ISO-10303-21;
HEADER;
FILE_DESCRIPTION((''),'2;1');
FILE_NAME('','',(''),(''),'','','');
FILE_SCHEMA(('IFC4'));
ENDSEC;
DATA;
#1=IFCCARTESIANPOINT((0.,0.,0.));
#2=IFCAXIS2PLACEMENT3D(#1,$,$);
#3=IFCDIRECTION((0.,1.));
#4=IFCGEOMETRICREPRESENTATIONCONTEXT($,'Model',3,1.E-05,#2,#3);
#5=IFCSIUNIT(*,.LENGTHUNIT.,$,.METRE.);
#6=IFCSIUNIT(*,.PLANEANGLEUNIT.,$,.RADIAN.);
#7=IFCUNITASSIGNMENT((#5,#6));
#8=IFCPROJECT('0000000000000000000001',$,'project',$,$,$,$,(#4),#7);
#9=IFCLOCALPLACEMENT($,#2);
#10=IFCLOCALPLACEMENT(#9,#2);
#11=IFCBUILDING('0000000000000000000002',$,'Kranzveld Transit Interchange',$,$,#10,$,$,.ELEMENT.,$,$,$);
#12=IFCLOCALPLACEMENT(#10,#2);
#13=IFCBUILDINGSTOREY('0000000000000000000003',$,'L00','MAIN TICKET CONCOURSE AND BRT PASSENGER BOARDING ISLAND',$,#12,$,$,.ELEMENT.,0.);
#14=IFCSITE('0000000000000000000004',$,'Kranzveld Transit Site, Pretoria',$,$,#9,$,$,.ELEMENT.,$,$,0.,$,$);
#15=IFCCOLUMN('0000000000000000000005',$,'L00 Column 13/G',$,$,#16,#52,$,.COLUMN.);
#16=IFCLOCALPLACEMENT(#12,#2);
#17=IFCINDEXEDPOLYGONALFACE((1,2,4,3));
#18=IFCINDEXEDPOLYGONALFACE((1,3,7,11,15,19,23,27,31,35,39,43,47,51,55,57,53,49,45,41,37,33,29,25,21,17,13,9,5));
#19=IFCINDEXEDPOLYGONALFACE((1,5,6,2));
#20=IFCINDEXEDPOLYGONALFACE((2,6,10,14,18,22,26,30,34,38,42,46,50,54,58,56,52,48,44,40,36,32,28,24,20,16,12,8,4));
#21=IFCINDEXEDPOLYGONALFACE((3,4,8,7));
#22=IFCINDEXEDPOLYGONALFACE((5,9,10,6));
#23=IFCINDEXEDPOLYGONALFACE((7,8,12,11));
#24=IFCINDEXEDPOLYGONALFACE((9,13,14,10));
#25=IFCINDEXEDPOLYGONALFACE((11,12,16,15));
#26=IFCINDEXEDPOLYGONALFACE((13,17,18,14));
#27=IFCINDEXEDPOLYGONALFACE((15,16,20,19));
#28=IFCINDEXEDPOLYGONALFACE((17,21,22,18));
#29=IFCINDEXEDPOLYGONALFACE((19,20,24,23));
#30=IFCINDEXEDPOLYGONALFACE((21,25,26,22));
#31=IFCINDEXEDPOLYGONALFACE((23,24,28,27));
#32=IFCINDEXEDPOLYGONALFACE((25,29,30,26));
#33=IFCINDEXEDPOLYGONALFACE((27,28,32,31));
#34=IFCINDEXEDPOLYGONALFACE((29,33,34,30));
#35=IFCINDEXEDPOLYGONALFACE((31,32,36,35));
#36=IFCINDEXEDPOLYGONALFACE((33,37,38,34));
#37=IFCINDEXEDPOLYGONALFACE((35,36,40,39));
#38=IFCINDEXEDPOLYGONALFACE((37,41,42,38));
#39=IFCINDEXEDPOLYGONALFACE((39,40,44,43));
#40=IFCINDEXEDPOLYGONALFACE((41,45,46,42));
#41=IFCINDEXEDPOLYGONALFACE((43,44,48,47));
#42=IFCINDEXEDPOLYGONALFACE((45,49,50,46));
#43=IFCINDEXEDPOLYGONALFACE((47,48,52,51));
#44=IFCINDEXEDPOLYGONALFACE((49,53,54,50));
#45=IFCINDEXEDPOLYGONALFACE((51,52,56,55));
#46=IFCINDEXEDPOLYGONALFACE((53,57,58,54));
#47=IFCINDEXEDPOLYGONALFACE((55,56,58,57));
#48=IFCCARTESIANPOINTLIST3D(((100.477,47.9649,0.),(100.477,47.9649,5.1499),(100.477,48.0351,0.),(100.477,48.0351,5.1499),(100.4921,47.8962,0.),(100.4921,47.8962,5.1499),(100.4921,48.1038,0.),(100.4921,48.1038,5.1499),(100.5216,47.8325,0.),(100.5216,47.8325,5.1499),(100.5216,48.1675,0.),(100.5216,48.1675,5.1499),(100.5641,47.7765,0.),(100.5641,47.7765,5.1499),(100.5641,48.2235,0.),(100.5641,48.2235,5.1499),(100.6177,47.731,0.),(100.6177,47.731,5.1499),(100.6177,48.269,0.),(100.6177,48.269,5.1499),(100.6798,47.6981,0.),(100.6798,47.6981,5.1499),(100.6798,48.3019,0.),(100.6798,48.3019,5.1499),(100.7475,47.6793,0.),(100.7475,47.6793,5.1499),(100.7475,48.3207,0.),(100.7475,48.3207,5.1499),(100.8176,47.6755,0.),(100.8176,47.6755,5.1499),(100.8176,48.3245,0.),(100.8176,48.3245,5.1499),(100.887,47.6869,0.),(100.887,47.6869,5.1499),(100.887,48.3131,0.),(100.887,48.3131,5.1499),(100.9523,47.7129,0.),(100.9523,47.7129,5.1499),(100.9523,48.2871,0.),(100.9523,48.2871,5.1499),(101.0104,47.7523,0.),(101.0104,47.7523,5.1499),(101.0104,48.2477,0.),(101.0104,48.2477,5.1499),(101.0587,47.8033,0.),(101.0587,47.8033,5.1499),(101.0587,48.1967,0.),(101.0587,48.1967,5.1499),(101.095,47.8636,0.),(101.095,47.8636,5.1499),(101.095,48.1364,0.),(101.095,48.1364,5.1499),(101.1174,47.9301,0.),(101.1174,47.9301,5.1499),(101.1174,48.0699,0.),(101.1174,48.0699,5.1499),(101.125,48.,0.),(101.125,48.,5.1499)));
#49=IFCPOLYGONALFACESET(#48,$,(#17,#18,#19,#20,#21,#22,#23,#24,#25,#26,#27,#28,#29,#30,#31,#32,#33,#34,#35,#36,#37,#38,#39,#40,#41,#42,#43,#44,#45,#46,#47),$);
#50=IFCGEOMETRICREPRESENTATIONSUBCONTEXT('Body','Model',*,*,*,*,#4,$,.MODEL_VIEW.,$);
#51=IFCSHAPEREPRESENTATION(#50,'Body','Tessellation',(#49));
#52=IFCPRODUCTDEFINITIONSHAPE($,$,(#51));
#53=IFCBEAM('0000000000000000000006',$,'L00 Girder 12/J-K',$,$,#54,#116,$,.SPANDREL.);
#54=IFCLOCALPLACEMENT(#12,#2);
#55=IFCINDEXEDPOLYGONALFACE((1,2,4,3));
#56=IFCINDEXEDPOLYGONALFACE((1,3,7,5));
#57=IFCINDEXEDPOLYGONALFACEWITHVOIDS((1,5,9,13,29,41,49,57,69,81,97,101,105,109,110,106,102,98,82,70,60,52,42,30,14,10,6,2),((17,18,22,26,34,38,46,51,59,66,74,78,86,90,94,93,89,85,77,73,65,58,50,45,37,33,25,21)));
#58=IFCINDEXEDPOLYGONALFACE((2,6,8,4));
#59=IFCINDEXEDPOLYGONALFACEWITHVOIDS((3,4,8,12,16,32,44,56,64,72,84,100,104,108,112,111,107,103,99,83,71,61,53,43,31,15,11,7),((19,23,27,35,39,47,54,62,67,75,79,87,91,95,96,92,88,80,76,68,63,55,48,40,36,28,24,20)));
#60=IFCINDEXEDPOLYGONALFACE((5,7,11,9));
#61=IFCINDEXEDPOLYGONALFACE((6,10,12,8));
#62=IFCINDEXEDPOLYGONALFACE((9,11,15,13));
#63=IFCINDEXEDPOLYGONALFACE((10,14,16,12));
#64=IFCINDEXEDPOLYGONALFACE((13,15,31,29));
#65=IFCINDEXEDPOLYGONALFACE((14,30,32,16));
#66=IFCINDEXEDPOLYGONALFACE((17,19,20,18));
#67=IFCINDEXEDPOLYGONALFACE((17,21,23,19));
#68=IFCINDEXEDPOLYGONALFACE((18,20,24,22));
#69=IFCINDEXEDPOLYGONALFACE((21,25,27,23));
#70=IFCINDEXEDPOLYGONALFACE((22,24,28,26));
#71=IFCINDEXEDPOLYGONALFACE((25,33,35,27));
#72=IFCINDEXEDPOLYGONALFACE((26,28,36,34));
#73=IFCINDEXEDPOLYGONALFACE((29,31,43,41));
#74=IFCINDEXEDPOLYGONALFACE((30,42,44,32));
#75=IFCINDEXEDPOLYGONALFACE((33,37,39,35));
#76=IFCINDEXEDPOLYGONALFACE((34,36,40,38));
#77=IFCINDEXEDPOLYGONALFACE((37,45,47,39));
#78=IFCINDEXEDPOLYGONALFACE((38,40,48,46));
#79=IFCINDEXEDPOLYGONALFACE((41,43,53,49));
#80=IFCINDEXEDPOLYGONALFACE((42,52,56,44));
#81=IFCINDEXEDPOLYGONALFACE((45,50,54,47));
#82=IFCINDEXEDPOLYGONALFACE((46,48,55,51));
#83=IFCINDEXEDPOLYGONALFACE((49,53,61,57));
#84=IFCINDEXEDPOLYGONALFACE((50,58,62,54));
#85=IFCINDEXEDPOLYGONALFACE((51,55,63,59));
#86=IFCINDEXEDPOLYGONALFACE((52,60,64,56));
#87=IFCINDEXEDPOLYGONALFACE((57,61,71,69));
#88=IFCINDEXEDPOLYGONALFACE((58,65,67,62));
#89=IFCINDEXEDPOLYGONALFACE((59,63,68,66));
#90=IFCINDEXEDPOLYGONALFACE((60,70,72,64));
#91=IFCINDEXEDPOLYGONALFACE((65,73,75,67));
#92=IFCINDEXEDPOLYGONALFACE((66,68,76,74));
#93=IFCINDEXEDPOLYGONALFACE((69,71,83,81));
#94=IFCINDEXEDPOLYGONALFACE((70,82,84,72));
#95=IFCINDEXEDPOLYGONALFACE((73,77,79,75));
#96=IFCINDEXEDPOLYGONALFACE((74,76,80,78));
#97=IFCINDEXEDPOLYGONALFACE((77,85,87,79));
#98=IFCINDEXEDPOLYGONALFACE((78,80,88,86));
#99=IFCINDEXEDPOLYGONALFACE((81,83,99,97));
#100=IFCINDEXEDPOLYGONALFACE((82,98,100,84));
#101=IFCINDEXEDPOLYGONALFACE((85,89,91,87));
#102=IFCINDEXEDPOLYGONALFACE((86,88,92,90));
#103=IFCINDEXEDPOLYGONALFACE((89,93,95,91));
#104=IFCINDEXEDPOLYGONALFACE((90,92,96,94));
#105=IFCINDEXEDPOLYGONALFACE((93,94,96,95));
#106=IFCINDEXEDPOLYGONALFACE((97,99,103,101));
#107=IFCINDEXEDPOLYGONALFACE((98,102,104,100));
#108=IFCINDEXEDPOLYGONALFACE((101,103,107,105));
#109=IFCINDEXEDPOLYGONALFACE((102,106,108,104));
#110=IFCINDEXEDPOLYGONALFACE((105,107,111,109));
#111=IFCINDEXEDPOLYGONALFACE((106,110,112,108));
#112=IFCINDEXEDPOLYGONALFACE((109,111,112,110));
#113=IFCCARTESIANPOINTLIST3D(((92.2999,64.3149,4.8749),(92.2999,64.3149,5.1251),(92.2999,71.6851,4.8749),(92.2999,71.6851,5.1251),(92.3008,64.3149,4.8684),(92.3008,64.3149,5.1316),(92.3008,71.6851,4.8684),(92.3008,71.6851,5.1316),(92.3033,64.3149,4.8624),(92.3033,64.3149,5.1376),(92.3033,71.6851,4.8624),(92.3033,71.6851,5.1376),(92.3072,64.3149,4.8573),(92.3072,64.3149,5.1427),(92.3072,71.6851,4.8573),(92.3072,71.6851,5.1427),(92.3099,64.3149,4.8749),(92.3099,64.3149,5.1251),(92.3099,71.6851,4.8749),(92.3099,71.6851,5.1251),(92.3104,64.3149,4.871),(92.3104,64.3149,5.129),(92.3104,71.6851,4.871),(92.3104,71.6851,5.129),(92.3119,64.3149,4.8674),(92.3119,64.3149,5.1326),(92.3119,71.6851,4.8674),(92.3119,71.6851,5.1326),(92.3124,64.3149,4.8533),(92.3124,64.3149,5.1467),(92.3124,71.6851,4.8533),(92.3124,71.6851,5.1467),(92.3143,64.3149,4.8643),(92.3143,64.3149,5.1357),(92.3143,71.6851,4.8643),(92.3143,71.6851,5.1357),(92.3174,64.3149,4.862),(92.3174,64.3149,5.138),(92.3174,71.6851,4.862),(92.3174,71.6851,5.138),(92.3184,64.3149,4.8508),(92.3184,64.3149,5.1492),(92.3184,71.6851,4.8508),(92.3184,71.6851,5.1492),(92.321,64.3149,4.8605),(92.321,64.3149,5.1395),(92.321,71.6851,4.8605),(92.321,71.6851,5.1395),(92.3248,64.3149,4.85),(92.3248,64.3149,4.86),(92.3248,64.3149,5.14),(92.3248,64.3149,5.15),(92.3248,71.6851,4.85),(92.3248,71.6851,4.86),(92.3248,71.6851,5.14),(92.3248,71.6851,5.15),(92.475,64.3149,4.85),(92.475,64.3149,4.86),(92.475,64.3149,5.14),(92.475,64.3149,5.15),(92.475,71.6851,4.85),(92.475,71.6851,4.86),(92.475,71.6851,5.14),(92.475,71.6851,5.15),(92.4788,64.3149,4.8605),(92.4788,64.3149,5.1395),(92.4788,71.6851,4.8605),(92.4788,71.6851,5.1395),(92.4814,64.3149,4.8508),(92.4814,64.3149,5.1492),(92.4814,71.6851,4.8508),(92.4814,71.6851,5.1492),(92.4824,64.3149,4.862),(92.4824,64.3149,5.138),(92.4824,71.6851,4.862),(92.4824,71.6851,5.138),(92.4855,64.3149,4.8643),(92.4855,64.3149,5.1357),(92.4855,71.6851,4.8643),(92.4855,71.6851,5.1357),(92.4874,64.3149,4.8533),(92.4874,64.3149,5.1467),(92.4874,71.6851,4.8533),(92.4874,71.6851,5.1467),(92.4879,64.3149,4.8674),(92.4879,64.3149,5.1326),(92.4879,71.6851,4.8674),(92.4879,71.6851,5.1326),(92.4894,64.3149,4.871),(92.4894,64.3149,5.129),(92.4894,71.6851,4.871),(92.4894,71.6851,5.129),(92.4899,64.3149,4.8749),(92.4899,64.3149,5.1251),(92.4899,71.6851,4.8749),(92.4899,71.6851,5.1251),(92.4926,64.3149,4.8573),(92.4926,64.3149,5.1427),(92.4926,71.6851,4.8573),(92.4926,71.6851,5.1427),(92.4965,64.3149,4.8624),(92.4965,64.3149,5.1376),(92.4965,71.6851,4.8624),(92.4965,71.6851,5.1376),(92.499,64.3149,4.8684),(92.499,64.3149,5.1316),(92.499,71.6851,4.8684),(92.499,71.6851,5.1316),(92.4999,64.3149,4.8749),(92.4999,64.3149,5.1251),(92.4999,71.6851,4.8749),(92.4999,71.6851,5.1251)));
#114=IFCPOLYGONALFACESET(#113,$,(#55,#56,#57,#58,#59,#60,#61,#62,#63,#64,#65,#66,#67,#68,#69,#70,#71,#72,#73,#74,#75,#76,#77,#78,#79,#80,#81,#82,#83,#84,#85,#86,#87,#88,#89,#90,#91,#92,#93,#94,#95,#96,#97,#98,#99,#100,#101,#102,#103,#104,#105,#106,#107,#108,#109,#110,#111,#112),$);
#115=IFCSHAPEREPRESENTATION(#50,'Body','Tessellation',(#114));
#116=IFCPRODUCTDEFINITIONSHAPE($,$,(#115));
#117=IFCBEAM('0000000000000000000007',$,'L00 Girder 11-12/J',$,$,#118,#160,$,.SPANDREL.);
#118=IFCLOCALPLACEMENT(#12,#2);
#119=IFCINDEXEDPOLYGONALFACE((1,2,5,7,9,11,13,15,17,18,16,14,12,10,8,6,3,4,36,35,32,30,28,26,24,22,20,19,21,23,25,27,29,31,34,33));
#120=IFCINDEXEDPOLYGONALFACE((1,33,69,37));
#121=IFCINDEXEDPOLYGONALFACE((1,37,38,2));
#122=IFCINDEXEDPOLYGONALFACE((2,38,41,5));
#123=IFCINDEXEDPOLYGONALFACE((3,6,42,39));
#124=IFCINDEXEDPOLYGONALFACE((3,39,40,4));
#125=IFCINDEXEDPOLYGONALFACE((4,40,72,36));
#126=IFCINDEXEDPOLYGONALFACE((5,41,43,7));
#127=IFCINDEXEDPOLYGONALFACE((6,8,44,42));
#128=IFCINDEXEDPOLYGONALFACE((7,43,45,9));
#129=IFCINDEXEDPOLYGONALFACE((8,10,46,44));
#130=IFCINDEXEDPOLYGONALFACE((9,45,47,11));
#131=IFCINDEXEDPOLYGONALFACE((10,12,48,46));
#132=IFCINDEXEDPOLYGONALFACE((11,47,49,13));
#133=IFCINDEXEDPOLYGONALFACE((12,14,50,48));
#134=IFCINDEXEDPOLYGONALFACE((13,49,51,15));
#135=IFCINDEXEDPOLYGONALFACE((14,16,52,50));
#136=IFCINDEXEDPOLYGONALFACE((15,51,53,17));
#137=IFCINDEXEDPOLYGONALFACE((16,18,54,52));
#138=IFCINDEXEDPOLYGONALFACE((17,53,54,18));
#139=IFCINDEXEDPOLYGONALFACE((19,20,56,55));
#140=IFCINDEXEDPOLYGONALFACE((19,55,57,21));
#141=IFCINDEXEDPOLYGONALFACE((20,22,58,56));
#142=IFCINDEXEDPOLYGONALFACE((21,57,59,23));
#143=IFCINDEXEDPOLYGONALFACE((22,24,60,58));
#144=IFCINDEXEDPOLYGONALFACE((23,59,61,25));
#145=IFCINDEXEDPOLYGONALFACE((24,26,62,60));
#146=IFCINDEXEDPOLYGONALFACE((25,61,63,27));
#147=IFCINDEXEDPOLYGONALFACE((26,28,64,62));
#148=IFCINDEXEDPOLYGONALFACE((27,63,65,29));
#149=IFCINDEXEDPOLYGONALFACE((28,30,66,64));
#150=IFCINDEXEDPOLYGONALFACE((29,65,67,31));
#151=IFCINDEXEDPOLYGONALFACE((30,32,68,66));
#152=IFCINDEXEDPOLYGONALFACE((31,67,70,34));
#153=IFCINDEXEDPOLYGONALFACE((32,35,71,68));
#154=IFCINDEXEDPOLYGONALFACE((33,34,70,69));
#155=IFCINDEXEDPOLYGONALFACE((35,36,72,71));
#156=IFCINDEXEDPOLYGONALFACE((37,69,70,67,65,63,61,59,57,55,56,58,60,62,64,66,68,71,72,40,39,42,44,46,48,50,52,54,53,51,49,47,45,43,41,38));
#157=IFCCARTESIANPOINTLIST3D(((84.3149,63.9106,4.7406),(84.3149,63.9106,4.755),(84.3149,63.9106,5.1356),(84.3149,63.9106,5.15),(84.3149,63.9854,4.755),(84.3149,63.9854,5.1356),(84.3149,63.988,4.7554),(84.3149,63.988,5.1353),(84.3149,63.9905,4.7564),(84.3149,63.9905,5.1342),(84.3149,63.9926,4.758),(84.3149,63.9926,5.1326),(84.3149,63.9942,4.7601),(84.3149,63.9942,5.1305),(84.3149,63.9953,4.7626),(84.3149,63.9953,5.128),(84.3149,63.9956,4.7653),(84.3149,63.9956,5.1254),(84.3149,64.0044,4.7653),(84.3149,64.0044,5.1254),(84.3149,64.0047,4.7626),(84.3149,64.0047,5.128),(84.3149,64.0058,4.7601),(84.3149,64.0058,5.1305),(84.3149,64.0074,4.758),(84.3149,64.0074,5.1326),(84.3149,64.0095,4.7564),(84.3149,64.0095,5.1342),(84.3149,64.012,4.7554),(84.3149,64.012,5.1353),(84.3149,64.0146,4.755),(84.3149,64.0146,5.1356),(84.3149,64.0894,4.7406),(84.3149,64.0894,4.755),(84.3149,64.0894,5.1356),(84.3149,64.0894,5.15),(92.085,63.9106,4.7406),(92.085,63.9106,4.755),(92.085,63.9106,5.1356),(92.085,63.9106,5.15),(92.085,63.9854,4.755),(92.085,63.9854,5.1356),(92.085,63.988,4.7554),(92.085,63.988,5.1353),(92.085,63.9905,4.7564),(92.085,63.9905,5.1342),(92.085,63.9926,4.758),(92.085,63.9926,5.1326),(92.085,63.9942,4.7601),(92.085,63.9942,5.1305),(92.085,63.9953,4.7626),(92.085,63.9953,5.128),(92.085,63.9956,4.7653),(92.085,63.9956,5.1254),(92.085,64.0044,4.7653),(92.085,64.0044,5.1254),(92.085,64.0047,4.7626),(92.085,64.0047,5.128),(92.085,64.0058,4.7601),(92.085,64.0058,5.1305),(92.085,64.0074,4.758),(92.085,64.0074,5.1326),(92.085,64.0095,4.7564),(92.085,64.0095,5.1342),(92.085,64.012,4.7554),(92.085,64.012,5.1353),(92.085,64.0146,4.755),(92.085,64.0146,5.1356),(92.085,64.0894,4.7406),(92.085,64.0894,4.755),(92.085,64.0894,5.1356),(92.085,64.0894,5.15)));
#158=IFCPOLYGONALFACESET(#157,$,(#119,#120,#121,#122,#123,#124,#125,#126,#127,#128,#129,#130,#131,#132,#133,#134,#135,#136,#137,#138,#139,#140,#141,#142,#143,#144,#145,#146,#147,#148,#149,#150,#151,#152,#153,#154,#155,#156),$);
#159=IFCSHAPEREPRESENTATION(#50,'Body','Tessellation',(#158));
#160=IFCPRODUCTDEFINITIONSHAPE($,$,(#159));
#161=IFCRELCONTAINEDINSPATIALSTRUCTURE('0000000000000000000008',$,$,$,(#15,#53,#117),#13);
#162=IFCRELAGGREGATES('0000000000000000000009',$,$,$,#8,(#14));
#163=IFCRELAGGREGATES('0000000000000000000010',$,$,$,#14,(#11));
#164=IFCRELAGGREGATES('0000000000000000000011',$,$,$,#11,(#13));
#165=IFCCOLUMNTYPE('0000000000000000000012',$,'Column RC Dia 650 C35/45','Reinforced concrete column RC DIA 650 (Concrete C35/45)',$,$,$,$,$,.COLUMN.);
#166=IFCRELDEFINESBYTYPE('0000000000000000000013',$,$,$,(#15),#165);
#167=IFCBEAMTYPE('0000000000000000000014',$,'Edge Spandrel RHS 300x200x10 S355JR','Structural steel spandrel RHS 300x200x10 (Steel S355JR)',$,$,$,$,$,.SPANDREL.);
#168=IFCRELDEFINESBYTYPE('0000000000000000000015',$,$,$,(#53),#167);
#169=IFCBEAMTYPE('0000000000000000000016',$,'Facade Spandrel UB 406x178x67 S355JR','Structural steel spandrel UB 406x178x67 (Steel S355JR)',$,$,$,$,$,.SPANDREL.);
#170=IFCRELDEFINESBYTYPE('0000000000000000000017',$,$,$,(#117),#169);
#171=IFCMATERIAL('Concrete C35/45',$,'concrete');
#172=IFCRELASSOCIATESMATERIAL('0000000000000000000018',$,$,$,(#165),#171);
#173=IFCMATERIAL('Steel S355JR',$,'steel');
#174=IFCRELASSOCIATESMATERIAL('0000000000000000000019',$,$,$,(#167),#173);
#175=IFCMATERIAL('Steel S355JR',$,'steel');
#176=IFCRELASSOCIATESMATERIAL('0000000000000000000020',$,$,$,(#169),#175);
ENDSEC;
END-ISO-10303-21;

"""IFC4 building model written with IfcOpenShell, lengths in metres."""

from ifc_helpers import new_model, si_unit, direction, frame, origin, origin_2d, place, context, subcontext, project, spatial, hollow_rectangle, circle, i_section, extrude, material, material_profile, profile_set, type_object, element, save


model = new_model("IFC4")

# Units and contexts
model_context = context("Model", 3, precision=1e-05, world=origin(), true_north=direction((0.0, 1.0)))
body_context = subcontext(model_context, "Body", "Model", "MODEL_VIEW")
ifc_project = project(units=[si_unit("LENGTHUNIT", "METRE"), si_unit("PLANEANGLEUNIT", "RADIAN")], contexts=[model_context])

# Site, building, storey
site_placement = place(None, origin())
site = spatial("IfcSite", under=ifc_project, at=site_placement, Name="Kranzveld Transit Site, Pretoria", CompositionType="ELEMENT", RefElevation=0.0)
building_placement = place(site_placement, origin())
building = spatial("IfcBuilding", under=site, at=building_placement, Name="Kranzveld Transit Interchange", CompositionType="ELEMENT")
storey_placement = place(building_placement, origin())
storey = spatial("IfcBuildingStorey", under=building, at=storey_placement, Name="L00", Description="MAIN TICKET CONCOURSE AND BRT PASSENGER BOARDING ISLAND", CompositionType="ELEMENT", Elevation=0.0)

# Column
ifc_material_1 = material(Name="Concrete C35/45", Category="concrete")
ifc_material_profile_1 = material_profile(ifc_material_1, circle(Radius=0.325, at=origin_2d()), Name="RC DIA 650")
ifc_profile_set_1 = profile_set([ifc_material_profile_1], Name="Concrete C35/45")
column_type = type_object("IfcColumnType", Name="Column RC Dia 650 C35/45", Description="Reinforced concrete column RC DIA 650 (Concrete C35/45)", PredefinedType="COLUMN", material=ifc_profile_set_1)
for number, where, z_axis, x_axis, name in (
    (1, (100.8, 48.0, 0.0), (0.0, 0.0, 1.0), (1.0, 0.0, 0.0), "L00 Column 13/G"),
):
    element("IfcColumn", number, at=place(storey_placement, frame(where, z_axis=z_axis, x_axis=x_axis)), inside=storey, type_object=column_type, Name=name, PredefinedType="COLUMN", context=body_context, shape_type="SweptSolid", body=[
        extrude(circle(Radius=0.325, at=origin_2d()), origin(), (0.0, 0.0, 1.0), 5.1499),
    ])

# Beams
ifc_material_2 = material(Name="Steel S355JR", Category="steel")
ifc_material_profile_2 = material_profile(ifc_material_2, hollow_rectangle(XDim=0.2, YDim=0.3, WallThickness=0.01, InnerFilletRadius=0.0149, OuterFilletRadius=0.0249, at=origin_2d()), Name="RHS 300x200x10")
ifc_profile_set_2 = profile_set([ifc_material_profile_2], Name="Steel S355JR")
beam_type_1 = type_object("IfcBeamType", Name="Edge Spandrel RHS 300x200x10 S355JR", Description="Structural steel spandrel RHS 300x200x10 (Steel S355JR)", PredefinedType="SPANDREL", material=ifc_profile_set_2)
beam_1_placement = place(storey_placement, frame((92.3999, 64.3149, 5.0), z_axis=(0.0, 1.0, 0.0), x_axis=(-1.0, 0.0, 0.0)))
element("IfcBeam", 2, at=beam_1_placement, inside=storey, type_object=beam_type_1, Name="L00 Girder 12/J-K", PredefinedType="SPANDREL", context=body_context, shape_type="SweptSolid", body=[
    extrude(hollow_rectangle(XDim=0.2, YDim=0.3, WallThickness=0.01, InnerFilletRadius=0.0149, OuterFilletRadius=0.0249, at=origin_2d()), origin(), (0.0, 0.0, 1.0), 7.3701),
])
ifc_material_3 = material(Name="Steel S355JR", Category="steel")
ifc_material_profile_3 = material_profile(ifc_material_3, i_section(OverallWidth=0.1787, OverallDepth=0.4094, WebThickness=0.0088, FlangeThickness=0.0144, FilletRadius=0.0103, at=origin_2d()), Name="UB 406x178x67")
ifc_profile_set_3 = profile_set([ifc_material_profile_3], Name="Steel S355JR")
beam_type_2 = type_object("IfcBeamType", Name="Facade Spandrel UB 406x178x67 S355JR", Description="Structural steel spandrel UB 406x178x67 (Steel S355JR)", PredefinedType="SPANDREL", material=ifc_profile_set_3)
beam_2_placement = place(storey_placement, frame((84.3149, 64.0, 4.9453), z_axis=(1.0, 0.0, 0.0), x_axis=(0.0, 1.0, 0.0)))
element("IfcBeam", 3, at=beam_2_placement, inside=storey, type_object=beam_type_2, Name="L00 Girder 11-12/J", PredefinedType="SPANDREL", context=body_context, shape_type="SweptSolid", body=[
    extrude(i_section(OverallWidth=0.1787, OverallDepth=0.4094, WebThickness=0.0088, FlangeThickness=0.0144, FilletRadius=0.0103, at=origin_2d()), origin(), (0.0, 0.0, 1.0), 7.77),
])

save(model, "model.ifc")
